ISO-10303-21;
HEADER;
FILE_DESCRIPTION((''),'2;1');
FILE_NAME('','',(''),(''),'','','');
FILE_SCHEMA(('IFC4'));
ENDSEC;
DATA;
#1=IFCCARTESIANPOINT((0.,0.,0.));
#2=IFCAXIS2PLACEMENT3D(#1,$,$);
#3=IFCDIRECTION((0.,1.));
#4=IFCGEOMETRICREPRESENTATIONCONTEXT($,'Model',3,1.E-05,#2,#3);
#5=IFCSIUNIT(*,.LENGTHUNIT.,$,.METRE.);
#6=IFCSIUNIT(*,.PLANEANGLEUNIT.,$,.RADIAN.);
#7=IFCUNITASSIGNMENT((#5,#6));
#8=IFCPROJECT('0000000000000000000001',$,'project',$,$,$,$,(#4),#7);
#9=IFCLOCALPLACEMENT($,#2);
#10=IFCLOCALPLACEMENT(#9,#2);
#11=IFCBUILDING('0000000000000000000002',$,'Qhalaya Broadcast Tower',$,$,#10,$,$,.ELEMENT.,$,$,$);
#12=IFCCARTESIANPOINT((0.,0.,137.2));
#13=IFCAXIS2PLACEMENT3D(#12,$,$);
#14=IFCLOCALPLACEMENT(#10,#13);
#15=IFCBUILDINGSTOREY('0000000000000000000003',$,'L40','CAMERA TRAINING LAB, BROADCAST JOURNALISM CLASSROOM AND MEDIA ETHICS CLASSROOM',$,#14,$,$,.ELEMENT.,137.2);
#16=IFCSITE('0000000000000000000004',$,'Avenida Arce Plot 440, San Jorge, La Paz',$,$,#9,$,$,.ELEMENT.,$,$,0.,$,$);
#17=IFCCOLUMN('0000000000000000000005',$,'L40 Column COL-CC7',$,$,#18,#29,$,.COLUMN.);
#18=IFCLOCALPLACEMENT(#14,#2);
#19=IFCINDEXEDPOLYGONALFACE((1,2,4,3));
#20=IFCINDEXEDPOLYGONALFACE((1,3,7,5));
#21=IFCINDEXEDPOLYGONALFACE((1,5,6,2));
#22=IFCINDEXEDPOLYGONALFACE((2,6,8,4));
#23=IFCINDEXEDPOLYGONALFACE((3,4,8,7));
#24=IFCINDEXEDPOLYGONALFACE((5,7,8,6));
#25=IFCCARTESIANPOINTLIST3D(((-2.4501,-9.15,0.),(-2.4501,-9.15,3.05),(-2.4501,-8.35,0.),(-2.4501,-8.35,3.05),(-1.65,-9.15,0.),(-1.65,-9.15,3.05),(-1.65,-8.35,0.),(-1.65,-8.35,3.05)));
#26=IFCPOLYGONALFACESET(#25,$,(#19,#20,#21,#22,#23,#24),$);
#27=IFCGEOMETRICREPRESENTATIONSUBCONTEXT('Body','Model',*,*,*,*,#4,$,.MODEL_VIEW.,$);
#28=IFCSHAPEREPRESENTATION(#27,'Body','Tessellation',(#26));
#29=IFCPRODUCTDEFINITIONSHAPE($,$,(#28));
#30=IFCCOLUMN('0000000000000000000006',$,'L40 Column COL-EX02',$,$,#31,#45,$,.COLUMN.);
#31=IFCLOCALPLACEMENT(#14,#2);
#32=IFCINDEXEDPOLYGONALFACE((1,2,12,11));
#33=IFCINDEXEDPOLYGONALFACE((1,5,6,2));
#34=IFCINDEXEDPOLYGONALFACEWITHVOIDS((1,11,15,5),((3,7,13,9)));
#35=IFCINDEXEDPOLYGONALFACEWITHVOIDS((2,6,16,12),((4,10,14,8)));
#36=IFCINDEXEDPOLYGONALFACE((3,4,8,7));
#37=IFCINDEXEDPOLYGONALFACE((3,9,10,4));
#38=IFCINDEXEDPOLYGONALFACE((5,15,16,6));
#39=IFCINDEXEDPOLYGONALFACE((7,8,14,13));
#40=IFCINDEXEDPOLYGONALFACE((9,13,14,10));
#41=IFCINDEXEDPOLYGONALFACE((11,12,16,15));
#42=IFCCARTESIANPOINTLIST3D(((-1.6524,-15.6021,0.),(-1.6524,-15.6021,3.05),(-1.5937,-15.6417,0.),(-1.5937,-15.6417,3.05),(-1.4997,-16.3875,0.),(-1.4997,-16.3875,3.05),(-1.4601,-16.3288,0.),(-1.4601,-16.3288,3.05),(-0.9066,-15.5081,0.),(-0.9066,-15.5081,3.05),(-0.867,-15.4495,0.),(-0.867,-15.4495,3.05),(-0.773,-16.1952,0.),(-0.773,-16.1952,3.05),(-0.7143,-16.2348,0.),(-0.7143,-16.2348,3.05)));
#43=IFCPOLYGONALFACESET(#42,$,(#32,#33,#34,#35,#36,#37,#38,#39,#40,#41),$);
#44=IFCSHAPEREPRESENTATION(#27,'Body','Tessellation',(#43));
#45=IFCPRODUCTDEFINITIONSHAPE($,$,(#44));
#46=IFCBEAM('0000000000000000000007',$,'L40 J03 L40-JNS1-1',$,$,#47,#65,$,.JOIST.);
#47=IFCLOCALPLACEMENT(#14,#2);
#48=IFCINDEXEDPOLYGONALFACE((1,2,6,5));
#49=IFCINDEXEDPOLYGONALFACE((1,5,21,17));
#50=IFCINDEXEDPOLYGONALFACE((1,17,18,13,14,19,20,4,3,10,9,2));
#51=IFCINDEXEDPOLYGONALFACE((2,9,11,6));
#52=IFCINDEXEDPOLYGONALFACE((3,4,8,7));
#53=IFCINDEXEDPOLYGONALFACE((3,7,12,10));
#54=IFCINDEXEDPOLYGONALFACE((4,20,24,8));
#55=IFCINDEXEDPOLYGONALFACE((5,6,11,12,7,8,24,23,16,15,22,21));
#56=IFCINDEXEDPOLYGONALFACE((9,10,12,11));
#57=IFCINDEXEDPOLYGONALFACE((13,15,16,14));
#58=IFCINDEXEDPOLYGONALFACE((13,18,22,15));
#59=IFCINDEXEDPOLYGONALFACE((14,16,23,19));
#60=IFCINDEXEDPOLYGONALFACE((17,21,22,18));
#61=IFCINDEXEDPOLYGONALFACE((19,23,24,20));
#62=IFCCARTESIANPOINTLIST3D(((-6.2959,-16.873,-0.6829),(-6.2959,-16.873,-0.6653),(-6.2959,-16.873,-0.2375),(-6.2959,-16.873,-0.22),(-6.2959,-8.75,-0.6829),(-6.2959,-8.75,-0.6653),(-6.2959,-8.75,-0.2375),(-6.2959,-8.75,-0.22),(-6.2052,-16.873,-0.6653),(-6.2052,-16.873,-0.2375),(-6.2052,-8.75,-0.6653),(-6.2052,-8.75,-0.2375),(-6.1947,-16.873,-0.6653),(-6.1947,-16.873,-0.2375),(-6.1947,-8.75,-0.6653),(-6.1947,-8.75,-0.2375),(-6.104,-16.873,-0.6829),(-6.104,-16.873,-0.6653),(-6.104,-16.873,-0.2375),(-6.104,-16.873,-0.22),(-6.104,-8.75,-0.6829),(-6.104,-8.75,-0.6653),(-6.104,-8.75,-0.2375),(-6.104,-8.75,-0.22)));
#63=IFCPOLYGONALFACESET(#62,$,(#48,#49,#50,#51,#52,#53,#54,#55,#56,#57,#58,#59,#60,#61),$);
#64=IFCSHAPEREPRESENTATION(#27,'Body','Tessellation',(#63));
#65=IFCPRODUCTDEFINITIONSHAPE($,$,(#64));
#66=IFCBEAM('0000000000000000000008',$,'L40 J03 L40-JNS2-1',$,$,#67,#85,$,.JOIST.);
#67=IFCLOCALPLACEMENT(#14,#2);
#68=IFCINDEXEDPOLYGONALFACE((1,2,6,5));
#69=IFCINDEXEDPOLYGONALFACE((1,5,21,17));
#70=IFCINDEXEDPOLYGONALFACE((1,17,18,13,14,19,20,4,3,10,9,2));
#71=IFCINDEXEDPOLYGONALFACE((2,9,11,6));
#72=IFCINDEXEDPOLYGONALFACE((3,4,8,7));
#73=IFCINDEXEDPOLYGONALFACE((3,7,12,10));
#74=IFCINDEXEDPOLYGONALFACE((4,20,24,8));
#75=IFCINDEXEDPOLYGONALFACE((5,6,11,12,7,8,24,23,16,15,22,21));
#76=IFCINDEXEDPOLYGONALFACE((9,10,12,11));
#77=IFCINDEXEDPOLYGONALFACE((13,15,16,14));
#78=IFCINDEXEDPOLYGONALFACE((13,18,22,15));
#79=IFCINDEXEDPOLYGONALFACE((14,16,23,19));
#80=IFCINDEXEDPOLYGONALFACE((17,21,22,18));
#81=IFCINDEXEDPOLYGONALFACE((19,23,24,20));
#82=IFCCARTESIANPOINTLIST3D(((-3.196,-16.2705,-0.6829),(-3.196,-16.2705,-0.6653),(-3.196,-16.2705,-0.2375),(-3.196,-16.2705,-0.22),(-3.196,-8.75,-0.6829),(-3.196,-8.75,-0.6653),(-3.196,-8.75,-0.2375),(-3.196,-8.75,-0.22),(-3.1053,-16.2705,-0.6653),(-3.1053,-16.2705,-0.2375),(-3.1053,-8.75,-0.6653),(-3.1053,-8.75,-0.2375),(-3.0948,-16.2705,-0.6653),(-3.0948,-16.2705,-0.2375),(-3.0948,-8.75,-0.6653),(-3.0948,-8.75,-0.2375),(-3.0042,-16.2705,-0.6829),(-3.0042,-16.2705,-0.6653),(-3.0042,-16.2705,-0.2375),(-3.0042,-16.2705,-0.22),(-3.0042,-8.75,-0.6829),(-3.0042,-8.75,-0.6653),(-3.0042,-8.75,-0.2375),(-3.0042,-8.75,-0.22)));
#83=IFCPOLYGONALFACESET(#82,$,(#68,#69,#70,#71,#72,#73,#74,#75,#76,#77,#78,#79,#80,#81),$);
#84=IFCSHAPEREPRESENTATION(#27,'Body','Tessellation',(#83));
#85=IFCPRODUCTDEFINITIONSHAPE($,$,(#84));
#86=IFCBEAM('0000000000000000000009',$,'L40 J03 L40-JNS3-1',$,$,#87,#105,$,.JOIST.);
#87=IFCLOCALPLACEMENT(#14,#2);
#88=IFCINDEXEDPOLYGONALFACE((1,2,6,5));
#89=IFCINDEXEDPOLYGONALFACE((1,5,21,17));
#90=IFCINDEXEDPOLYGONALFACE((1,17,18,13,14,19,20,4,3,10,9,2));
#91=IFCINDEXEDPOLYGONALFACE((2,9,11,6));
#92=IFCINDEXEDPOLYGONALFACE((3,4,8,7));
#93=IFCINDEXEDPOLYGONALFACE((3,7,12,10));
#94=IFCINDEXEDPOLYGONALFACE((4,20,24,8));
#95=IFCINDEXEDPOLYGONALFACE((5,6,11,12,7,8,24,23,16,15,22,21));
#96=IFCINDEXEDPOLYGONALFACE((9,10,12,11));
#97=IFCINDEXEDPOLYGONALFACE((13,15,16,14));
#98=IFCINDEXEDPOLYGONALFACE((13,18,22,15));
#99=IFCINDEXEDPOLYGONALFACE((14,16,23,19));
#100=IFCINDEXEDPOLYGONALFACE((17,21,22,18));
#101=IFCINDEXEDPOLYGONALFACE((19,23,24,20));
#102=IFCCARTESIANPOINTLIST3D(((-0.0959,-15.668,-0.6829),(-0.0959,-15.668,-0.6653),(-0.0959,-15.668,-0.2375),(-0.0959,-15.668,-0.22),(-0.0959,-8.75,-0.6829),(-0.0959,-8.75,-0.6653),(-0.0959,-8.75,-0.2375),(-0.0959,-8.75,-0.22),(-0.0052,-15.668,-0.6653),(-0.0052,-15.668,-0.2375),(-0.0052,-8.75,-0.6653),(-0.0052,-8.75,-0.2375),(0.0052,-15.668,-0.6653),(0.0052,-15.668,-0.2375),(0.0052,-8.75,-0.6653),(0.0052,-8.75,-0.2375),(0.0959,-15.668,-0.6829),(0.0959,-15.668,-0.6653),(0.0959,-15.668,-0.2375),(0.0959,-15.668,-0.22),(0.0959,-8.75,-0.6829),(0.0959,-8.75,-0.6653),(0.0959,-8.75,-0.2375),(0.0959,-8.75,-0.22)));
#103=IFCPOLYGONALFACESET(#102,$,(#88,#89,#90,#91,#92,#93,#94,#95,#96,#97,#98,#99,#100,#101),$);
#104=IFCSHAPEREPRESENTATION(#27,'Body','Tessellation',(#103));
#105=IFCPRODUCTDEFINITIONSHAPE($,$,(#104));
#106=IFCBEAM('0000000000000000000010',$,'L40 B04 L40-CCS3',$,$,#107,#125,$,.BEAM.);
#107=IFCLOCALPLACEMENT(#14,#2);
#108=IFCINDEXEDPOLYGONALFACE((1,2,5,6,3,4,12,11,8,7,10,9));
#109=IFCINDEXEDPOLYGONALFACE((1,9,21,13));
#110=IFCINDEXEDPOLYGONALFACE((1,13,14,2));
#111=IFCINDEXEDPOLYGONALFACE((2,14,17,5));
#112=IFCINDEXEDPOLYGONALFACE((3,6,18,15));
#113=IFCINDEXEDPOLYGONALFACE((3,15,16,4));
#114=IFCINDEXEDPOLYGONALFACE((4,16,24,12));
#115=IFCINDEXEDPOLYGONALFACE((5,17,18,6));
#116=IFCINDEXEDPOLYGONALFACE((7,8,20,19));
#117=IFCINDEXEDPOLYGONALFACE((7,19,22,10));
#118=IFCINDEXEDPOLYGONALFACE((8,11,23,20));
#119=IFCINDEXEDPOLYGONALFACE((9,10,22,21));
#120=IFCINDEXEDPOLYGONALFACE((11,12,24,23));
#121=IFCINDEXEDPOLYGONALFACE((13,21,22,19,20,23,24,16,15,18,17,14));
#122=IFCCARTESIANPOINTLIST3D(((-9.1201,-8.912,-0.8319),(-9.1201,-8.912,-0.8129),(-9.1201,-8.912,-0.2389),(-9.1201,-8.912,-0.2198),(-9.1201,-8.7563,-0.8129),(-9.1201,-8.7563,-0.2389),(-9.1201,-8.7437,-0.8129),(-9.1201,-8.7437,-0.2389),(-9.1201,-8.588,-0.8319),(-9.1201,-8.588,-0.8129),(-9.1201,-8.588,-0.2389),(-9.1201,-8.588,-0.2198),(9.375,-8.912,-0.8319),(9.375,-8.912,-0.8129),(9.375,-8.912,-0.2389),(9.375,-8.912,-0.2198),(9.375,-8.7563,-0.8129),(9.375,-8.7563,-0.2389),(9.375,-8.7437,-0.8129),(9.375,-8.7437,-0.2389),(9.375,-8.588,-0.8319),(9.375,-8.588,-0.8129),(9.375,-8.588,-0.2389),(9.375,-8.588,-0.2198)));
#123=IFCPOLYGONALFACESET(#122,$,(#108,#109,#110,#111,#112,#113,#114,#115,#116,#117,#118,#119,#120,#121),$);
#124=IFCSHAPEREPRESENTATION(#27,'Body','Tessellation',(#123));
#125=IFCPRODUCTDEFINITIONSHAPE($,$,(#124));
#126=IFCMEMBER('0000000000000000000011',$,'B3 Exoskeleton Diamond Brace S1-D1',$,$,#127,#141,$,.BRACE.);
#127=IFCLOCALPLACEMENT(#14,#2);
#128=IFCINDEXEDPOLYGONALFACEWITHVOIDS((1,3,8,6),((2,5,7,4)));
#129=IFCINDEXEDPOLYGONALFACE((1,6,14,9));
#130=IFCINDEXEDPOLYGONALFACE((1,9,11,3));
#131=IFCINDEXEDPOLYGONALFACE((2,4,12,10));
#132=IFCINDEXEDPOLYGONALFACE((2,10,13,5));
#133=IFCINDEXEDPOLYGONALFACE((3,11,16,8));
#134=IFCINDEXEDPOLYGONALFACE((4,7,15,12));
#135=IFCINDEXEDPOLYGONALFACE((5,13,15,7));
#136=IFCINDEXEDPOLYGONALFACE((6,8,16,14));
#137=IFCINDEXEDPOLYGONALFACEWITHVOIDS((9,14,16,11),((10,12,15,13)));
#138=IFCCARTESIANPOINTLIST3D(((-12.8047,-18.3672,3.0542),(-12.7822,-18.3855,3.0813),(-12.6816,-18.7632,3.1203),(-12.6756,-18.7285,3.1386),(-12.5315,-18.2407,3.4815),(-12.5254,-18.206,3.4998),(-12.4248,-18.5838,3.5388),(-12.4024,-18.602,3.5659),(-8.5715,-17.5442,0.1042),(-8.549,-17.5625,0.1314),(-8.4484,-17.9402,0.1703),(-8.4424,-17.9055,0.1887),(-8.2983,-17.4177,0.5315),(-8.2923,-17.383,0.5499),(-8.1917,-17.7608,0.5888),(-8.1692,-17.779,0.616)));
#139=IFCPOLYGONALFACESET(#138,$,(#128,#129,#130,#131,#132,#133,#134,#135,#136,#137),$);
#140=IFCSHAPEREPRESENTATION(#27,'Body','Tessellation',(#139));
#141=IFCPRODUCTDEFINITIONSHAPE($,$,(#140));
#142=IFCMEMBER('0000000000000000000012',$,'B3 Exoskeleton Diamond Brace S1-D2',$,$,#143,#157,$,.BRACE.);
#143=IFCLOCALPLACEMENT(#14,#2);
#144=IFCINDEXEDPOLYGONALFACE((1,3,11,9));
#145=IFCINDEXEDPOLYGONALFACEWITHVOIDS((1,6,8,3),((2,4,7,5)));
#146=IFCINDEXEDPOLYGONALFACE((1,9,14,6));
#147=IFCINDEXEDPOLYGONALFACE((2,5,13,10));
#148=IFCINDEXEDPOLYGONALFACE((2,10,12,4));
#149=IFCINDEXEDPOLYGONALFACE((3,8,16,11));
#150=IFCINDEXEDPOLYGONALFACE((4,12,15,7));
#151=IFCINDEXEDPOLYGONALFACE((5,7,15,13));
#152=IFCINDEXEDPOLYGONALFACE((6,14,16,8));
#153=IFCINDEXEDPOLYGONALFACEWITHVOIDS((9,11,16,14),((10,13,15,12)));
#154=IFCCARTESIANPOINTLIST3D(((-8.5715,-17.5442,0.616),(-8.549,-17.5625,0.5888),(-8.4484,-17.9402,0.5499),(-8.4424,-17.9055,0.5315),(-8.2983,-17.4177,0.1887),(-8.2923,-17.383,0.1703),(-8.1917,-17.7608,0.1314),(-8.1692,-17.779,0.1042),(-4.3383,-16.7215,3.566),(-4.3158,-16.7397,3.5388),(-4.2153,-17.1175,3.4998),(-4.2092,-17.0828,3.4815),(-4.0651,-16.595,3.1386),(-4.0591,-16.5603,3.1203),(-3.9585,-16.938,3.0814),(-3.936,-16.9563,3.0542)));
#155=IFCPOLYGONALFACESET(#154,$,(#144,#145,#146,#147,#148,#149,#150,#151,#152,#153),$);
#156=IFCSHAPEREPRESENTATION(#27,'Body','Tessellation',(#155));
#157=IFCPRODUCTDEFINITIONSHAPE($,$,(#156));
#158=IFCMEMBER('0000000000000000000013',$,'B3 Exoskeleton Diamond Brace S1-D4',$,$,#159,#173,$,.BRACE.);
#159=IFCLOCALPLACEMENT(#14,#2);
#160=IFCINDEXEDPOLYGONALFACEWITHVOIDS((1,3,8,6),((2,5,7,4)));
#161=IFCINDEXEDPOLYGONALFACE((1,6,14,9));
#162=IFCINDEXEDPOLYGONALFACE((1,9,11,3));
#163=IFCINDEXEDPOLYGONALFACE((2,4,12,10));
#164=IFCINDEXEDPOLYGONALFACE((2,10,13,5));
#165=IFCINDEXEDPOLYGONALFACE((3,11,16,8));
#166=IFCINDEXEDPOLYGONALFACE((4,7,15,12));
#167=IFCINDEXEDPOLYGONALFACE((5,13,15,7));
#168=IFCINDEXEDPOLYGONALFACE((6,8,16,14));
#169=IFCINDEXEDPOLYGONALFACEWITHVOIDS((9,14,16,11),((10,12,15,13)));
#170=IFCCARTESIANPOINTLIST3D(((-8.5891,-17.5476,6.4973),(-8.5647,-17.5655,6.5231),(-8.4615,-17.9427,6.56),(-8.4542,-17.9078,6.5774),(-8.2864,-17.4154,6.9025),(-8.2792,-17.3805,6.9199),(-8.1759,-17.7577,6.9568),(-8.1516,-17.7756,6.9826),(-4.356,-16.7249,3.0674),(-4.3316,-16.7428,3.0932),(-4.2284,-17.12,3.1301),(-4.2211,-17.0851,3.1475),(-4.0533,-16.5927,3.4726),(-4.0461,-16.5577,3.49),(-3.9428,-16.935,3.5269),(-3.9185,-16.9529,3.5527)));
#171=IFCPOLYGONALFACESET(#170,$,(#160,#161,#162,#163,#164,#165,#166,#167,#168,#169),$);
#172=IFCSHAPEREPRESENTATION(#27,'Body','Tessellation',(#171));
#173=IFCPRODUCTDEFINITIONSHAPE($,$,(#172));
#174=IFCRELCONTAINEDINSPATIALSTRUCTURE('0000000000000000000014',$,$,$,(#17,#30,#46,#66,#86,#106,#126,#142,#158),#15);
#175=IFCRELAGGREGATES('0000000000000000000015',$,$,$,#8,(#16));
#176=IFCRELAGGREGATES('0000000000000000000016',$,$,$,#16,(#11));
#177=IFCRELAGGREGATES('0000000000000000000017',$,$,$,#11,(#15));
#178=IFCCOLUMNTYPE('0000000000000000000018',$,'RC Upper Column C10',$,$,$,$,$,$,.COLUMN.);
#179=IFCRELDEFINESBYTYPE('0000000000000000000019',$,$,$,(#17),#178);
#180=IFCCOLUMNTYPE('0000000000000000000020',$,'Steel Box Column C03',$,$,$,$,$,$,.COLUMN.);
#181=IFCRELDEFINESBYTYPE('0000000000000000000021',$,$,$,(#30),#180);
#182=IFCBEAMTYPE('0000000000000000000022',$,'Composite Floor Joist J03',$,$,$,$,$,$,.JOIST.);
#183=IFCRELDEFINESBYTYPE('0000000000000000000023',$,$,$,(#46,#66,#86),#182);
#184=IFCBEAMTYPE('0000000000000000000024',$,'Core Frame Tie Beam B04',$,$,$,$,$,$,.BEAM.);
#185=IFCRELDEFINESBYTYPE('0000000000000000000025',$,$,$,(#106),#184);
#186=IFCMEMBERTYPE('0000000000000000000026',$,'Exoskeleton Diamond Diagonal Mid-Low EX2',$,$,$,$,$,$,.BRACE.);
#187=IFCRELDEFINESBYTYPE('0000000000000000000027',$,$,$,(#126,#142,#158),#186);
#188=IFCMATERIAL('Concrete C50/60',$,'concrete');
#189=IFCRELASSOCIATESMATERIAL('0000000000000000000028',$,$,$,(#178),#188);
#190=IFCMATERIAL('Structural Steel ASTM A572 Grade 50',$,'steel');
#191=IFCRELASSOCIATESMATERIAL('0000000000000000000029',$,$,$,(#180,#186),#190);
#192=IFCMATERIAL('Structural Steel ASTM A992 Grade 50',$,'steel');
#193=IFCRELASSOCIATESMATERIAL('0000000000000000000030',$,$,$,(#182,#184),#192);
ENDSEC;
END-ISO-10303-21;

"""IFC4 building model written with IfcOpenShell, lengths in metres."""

from ifc_helpers import new_model, si_unit, direction, frame, origin, origin_2d, place, context, subcontext, project, spatial, rectangle, hollow_rectangle, i_section, extrude, material, material_profile, profile_set, type_object, element, save


model = new_model("IFC4")

# Units and contexts
model_context = context("Model", 3, precision=1e-05, world=origin(), true_north=direction((0.0, 1.0)))
body_context = subcontext(model_context, "Body", "Model", "MODEL_VIEW")
ifc_project = project(units=[si_unit("LENGTHUNIT", "METRE"), si_unit("PLANEANGLEUNIT", "RADIAN")], contexts=[model_context])

# Site, building, storey
site_placement = place(None, origin())
site = spatial("IfcSite", under=ifc_project, at=site_placement, Name="Avenida Arce Plot 440, San Jorge, La Paz", CompositionType="ELEMENT", RefElevation=0.0)
building_placement = place(site_placement, origin())
building = spatial("IfcBuilding", under=site, at=building_placement, Name="Qhalaya Broadcast Tower", CompositionType="ELEMENT")
storey_placement = place(building_placement, frame((0.0, 0.0, 137.2)))
storey = spatial("IfcBuildingStorey", under=building, at=storey_placement, Name="L40", Description="CAMERA TRAINING LAB, BROADCAST JOURNALISM CLASSROOM AND MEDIA ETHICS CLASSROOM", CompositionType="ELEMENT", Elevation=137.2)

# Columns
ifc_material_1 = material(Name="Concrete C50/60", Category="concrete")
ifc_material_profile_1 = material_profile(ifc_material_1, rectangle(XDim=0.8, YDim=0.8, at=origin_2d()), Name="RC-COL 800x800")
ifc_profile_set_1 = profile_set([ifc_material_profile_1], Name="Concrete C50/60")
column_type_1 = type_object("IfcColumnType", Name="RC Upper Column C10", PredefinedType="COLUMN", material=ifc_profile_set_1)
column_1_placement = place(storey_placement, frame((-2.05, -8.75, 0.0), z_axis=(0.0, 0.0, 1.0), x_axis=(1.0, 0.0, 0.0)))
element("IfcColumn", 1, at=column_1_placement, inside=storey, type_object=column_type_1, Name="L40 Column COL-CC7", PredefinedType="COLUMN", context=body_context, shape_type="SweptSolid", body=[
    extrude(rectangle(XDim=0.8, YDim=0.8, at=origin_2d()), origin(), (0.0, 0.0, 1.0), 3.05),
])
ifc_material_2 = material(Name="Structural Steel ASTM A572 Grade 50", Category="steel")
ifc_material_profile_2 = material_profile(ifc_material_2, hollow_rectangle(XDim=0.8, YDim=0.8, WallThickness=0.05, at=origin_2d()), Name="BOX 800x800x50")
ifc_profile_set_2 = profile_set([ifc_material_profile_2], Name="Structural Steel ASTM A572 Grade 50")
column_type_2 = type_object("IfcColumnType", Name="Steel Box Column C03", PredefinedType="COLUMN", material=ifc_profile_set_2)
column_2_placement = place(storey_placement, frame((-1.1833, -15.9185, 0.0), z_axis=(0.0, 0.0, 1.0), x_axis=(0.981627, 0.190809, 0.0)))
element("IfcColumn", 2, at=column_2_placement, inside=storey, type_object=column_type_2, Name="L40 Column COL-EX02", PredefinedType="COLUMN", context=body_context, shape_type="SweptSolid", body=[
    extrude(hollow_rectangle(XDim=0.8, YDim=0.8, WallThickness=0.05, at=origin_2d()), origin(), (0.0, 0.0, 1.0), 3.05),
])

# Beams
ifc_material_3 = material(Name="Structural Steel ASTM A992 Grade 50", Category="steel")
ifc_material_profile_3 = material_profile(ifc_material_3, i_section(OverallWidth=0.1919, OverallDepth=0.4629, WebThickness=0.0105, FlangeThickness=0.0176, at=origin_2d()), Name="W18X60")
ifc_profile_set_3 = profile_set([ifc_material_profile_3], Name="Structural Steel ASTM A992 Grade 50")
beam_type_1 = type_object("IfcBeamType", Name="Composite Floor Joist J03", PredefinedType="JOIST", material=ifc_profile_set_3)
beam_1_placement = place(storey_placement, frame((-6.2, -16.873, -0.4514), z_axis=(0.0, 1.0, 0.0), x_axis=(-1.0, 0.0, 0.0)))
element("IfcBeam", 3, at=beam_1_placement, inside=storey, type_object=beam_type_1, Name="L40 J03 L40-JNS1-1", PredefinedType="JOIST", context=body_context, shape_type="SweptSolid", body=[
    extrude(i_section(OverallWidth=0.1919, OverallDepth=0.4629, WebThickness=0.0105, FlangeThickness=0.0176, at=origin_2d()), origin(), (0.0, 0.0, 1.0), 8.123),
])
beam_2_placement = place(storey_placement, frame((-3.1001, -16.2705, -0.4514), z_axis=(0.0, 1.0, 0.0), x_axis=(-1.0, 0.0, 0.0)))
element("IfcBeam", 4, at=beam_2_placement, inside=storey, type_object=beam_type_1, Name="L40 J03 L40-JNS2-1", PredefinedType="JOIST", context=body_context, shape_type="SweptSolid", body=[
    extrude(i_section(OverallWidth=0.1919, OverallDepth=0.4629, WebThickness=0.0105, FlangeThickness=0.0176, at=origin_2d()), origin(), (0.0, 0.0, 1.0), 7.5205),
])
beam_3_placement = place(storey_placement, frame((0.0, -15.668, -0.4514), z_axis=(0.0, 1.0, 0.0), x_axis=(-1.0, 0.0, 0.0)))
element("IfcBeam", 5, at=beam_3_placement, inside=storey, type_object=beam_type_1, Name="L40 J03 L40-JNS3-1", PredefinedType="JOIST", context=body_context, shape_type="SweptSolid", body=[
    extrude(i_section(OverallWidth=0.1919, OverallDepth=0.4629, WebThickness=0.0105, FlangeThickness=0.0176, at=origin_2d()), origin(), (0.0, 0.0, 1.0), 6.918),
])
ifc_material_profile_4 = material_profile(ifc_material_3, i_section(OverallWidth=0.324, OverallDepth=0.6121, WebThickness=0.0127, FlangeThickness=0.019, at=origin_2d()), Name="W24X104")
ifc_profile_set_4 = profile_set([ifc_material_profile_4], Name="Structural Steel ASTM A992 Grade 50")
beam_type_2 = type_object("IfcBeamType", Name="Core Frame Tie Beam B04", PredefinedType="BEAM", material=ifc_profile_set_4)
beam_4_placement = place(storey_placement, frame((-9.1201, -8.75, -0.5259), z_axis=(1.0, 0.0, 0.0), x_axis=(0.0, 1.0, 0.0)))
element("IfcBeam", 6, at=beam_4_placement, inside=storey, type_object=beam_type_2, Name="L40 B04 L40-CCS3", PredefinedType="BEAM", context=body_context, shape_type="SweptSolid", body=[
    extrude(i_section(OverallWidth=0.324, OverallDepth=0.6121, WebThickness=0.0127, FlangeThickness=0.019, at=origin_2d()), origin(), (0.0, 0.0, 1.0), 18.4951),
])

# Members
ifc_material_profile_5 = material_profile(ifc_material_2, hollow_rectangle(XDim=0.4199, YDim=0.55, WallThickness=0.0281, at=origin_2d()), Name="BOX 420x550x28")
ifc_profile_set_5 = profile_set([ifc_material_profile_5], Name="Structural Steel ASTM A572 Grade 50")
member_type = type_object("IfcMemberType", Name="Exoskeleton Diamond Diagonal Mid-Low EX2", PredefinedType="BRACE", material=ifc_profile_set_5)
for number, where, z_axis, x_axis, name in (
    (7, (-8.3704, -17.6616, 0.3601), (-0.810195, -0.157516, 0.564599), (0.293088, -0.943026, 0.157487), "B3 Exoskeleton Diamond Brace S1-D1"),
    (8, (-8.3704, -17.6616, 0.3601), (0.810201, 0.15747, 0.564604), (-0.293037, 0.943042, 0.157487), "B3 Exoskeleton Diamond Brace S1-D2"),
):
    element("IfcMember", number, at=place(storey_placement, frame(where, z_axis=z_axis, x_axis=x_axis)), inside=storey, type_object=member_type, Name=name, PredefinedType="BRACE", context=body_context, shape_type="SweptSolid", body=[
        extrude(hollow_rectangle(XDim=0.4199, YDim=0.55, WallThickness=0.0281, at=origin_2d()), origin(), (0.0, 0.0, 1.0), 5.2249),
    ])
member_1_placement = place(storey_placement, frame((-4.1372, -16.8389, 3.3101), z_axis=(-0.768257, -0.149318, 0.622483), x_axis=(0.303878, -0.940935, 0.149333)))
element("IfcMember", 9, at=member_1_placement, inside=storey, type_object=member_type, Name="B3 Exoskeleton Diamond Brace S1-D4", PredefinedType="BRACE", context=body_context, shape_type="SweptSolid", body=[
    extrude(hollow_rectangle(XDim=0.4199, YDim=0.55, WallThickness=0.0281, at=origin_2d()), origin(), (0.0, 0.0, 1.0), 5.51),
])

save(model, "model.ifc")
